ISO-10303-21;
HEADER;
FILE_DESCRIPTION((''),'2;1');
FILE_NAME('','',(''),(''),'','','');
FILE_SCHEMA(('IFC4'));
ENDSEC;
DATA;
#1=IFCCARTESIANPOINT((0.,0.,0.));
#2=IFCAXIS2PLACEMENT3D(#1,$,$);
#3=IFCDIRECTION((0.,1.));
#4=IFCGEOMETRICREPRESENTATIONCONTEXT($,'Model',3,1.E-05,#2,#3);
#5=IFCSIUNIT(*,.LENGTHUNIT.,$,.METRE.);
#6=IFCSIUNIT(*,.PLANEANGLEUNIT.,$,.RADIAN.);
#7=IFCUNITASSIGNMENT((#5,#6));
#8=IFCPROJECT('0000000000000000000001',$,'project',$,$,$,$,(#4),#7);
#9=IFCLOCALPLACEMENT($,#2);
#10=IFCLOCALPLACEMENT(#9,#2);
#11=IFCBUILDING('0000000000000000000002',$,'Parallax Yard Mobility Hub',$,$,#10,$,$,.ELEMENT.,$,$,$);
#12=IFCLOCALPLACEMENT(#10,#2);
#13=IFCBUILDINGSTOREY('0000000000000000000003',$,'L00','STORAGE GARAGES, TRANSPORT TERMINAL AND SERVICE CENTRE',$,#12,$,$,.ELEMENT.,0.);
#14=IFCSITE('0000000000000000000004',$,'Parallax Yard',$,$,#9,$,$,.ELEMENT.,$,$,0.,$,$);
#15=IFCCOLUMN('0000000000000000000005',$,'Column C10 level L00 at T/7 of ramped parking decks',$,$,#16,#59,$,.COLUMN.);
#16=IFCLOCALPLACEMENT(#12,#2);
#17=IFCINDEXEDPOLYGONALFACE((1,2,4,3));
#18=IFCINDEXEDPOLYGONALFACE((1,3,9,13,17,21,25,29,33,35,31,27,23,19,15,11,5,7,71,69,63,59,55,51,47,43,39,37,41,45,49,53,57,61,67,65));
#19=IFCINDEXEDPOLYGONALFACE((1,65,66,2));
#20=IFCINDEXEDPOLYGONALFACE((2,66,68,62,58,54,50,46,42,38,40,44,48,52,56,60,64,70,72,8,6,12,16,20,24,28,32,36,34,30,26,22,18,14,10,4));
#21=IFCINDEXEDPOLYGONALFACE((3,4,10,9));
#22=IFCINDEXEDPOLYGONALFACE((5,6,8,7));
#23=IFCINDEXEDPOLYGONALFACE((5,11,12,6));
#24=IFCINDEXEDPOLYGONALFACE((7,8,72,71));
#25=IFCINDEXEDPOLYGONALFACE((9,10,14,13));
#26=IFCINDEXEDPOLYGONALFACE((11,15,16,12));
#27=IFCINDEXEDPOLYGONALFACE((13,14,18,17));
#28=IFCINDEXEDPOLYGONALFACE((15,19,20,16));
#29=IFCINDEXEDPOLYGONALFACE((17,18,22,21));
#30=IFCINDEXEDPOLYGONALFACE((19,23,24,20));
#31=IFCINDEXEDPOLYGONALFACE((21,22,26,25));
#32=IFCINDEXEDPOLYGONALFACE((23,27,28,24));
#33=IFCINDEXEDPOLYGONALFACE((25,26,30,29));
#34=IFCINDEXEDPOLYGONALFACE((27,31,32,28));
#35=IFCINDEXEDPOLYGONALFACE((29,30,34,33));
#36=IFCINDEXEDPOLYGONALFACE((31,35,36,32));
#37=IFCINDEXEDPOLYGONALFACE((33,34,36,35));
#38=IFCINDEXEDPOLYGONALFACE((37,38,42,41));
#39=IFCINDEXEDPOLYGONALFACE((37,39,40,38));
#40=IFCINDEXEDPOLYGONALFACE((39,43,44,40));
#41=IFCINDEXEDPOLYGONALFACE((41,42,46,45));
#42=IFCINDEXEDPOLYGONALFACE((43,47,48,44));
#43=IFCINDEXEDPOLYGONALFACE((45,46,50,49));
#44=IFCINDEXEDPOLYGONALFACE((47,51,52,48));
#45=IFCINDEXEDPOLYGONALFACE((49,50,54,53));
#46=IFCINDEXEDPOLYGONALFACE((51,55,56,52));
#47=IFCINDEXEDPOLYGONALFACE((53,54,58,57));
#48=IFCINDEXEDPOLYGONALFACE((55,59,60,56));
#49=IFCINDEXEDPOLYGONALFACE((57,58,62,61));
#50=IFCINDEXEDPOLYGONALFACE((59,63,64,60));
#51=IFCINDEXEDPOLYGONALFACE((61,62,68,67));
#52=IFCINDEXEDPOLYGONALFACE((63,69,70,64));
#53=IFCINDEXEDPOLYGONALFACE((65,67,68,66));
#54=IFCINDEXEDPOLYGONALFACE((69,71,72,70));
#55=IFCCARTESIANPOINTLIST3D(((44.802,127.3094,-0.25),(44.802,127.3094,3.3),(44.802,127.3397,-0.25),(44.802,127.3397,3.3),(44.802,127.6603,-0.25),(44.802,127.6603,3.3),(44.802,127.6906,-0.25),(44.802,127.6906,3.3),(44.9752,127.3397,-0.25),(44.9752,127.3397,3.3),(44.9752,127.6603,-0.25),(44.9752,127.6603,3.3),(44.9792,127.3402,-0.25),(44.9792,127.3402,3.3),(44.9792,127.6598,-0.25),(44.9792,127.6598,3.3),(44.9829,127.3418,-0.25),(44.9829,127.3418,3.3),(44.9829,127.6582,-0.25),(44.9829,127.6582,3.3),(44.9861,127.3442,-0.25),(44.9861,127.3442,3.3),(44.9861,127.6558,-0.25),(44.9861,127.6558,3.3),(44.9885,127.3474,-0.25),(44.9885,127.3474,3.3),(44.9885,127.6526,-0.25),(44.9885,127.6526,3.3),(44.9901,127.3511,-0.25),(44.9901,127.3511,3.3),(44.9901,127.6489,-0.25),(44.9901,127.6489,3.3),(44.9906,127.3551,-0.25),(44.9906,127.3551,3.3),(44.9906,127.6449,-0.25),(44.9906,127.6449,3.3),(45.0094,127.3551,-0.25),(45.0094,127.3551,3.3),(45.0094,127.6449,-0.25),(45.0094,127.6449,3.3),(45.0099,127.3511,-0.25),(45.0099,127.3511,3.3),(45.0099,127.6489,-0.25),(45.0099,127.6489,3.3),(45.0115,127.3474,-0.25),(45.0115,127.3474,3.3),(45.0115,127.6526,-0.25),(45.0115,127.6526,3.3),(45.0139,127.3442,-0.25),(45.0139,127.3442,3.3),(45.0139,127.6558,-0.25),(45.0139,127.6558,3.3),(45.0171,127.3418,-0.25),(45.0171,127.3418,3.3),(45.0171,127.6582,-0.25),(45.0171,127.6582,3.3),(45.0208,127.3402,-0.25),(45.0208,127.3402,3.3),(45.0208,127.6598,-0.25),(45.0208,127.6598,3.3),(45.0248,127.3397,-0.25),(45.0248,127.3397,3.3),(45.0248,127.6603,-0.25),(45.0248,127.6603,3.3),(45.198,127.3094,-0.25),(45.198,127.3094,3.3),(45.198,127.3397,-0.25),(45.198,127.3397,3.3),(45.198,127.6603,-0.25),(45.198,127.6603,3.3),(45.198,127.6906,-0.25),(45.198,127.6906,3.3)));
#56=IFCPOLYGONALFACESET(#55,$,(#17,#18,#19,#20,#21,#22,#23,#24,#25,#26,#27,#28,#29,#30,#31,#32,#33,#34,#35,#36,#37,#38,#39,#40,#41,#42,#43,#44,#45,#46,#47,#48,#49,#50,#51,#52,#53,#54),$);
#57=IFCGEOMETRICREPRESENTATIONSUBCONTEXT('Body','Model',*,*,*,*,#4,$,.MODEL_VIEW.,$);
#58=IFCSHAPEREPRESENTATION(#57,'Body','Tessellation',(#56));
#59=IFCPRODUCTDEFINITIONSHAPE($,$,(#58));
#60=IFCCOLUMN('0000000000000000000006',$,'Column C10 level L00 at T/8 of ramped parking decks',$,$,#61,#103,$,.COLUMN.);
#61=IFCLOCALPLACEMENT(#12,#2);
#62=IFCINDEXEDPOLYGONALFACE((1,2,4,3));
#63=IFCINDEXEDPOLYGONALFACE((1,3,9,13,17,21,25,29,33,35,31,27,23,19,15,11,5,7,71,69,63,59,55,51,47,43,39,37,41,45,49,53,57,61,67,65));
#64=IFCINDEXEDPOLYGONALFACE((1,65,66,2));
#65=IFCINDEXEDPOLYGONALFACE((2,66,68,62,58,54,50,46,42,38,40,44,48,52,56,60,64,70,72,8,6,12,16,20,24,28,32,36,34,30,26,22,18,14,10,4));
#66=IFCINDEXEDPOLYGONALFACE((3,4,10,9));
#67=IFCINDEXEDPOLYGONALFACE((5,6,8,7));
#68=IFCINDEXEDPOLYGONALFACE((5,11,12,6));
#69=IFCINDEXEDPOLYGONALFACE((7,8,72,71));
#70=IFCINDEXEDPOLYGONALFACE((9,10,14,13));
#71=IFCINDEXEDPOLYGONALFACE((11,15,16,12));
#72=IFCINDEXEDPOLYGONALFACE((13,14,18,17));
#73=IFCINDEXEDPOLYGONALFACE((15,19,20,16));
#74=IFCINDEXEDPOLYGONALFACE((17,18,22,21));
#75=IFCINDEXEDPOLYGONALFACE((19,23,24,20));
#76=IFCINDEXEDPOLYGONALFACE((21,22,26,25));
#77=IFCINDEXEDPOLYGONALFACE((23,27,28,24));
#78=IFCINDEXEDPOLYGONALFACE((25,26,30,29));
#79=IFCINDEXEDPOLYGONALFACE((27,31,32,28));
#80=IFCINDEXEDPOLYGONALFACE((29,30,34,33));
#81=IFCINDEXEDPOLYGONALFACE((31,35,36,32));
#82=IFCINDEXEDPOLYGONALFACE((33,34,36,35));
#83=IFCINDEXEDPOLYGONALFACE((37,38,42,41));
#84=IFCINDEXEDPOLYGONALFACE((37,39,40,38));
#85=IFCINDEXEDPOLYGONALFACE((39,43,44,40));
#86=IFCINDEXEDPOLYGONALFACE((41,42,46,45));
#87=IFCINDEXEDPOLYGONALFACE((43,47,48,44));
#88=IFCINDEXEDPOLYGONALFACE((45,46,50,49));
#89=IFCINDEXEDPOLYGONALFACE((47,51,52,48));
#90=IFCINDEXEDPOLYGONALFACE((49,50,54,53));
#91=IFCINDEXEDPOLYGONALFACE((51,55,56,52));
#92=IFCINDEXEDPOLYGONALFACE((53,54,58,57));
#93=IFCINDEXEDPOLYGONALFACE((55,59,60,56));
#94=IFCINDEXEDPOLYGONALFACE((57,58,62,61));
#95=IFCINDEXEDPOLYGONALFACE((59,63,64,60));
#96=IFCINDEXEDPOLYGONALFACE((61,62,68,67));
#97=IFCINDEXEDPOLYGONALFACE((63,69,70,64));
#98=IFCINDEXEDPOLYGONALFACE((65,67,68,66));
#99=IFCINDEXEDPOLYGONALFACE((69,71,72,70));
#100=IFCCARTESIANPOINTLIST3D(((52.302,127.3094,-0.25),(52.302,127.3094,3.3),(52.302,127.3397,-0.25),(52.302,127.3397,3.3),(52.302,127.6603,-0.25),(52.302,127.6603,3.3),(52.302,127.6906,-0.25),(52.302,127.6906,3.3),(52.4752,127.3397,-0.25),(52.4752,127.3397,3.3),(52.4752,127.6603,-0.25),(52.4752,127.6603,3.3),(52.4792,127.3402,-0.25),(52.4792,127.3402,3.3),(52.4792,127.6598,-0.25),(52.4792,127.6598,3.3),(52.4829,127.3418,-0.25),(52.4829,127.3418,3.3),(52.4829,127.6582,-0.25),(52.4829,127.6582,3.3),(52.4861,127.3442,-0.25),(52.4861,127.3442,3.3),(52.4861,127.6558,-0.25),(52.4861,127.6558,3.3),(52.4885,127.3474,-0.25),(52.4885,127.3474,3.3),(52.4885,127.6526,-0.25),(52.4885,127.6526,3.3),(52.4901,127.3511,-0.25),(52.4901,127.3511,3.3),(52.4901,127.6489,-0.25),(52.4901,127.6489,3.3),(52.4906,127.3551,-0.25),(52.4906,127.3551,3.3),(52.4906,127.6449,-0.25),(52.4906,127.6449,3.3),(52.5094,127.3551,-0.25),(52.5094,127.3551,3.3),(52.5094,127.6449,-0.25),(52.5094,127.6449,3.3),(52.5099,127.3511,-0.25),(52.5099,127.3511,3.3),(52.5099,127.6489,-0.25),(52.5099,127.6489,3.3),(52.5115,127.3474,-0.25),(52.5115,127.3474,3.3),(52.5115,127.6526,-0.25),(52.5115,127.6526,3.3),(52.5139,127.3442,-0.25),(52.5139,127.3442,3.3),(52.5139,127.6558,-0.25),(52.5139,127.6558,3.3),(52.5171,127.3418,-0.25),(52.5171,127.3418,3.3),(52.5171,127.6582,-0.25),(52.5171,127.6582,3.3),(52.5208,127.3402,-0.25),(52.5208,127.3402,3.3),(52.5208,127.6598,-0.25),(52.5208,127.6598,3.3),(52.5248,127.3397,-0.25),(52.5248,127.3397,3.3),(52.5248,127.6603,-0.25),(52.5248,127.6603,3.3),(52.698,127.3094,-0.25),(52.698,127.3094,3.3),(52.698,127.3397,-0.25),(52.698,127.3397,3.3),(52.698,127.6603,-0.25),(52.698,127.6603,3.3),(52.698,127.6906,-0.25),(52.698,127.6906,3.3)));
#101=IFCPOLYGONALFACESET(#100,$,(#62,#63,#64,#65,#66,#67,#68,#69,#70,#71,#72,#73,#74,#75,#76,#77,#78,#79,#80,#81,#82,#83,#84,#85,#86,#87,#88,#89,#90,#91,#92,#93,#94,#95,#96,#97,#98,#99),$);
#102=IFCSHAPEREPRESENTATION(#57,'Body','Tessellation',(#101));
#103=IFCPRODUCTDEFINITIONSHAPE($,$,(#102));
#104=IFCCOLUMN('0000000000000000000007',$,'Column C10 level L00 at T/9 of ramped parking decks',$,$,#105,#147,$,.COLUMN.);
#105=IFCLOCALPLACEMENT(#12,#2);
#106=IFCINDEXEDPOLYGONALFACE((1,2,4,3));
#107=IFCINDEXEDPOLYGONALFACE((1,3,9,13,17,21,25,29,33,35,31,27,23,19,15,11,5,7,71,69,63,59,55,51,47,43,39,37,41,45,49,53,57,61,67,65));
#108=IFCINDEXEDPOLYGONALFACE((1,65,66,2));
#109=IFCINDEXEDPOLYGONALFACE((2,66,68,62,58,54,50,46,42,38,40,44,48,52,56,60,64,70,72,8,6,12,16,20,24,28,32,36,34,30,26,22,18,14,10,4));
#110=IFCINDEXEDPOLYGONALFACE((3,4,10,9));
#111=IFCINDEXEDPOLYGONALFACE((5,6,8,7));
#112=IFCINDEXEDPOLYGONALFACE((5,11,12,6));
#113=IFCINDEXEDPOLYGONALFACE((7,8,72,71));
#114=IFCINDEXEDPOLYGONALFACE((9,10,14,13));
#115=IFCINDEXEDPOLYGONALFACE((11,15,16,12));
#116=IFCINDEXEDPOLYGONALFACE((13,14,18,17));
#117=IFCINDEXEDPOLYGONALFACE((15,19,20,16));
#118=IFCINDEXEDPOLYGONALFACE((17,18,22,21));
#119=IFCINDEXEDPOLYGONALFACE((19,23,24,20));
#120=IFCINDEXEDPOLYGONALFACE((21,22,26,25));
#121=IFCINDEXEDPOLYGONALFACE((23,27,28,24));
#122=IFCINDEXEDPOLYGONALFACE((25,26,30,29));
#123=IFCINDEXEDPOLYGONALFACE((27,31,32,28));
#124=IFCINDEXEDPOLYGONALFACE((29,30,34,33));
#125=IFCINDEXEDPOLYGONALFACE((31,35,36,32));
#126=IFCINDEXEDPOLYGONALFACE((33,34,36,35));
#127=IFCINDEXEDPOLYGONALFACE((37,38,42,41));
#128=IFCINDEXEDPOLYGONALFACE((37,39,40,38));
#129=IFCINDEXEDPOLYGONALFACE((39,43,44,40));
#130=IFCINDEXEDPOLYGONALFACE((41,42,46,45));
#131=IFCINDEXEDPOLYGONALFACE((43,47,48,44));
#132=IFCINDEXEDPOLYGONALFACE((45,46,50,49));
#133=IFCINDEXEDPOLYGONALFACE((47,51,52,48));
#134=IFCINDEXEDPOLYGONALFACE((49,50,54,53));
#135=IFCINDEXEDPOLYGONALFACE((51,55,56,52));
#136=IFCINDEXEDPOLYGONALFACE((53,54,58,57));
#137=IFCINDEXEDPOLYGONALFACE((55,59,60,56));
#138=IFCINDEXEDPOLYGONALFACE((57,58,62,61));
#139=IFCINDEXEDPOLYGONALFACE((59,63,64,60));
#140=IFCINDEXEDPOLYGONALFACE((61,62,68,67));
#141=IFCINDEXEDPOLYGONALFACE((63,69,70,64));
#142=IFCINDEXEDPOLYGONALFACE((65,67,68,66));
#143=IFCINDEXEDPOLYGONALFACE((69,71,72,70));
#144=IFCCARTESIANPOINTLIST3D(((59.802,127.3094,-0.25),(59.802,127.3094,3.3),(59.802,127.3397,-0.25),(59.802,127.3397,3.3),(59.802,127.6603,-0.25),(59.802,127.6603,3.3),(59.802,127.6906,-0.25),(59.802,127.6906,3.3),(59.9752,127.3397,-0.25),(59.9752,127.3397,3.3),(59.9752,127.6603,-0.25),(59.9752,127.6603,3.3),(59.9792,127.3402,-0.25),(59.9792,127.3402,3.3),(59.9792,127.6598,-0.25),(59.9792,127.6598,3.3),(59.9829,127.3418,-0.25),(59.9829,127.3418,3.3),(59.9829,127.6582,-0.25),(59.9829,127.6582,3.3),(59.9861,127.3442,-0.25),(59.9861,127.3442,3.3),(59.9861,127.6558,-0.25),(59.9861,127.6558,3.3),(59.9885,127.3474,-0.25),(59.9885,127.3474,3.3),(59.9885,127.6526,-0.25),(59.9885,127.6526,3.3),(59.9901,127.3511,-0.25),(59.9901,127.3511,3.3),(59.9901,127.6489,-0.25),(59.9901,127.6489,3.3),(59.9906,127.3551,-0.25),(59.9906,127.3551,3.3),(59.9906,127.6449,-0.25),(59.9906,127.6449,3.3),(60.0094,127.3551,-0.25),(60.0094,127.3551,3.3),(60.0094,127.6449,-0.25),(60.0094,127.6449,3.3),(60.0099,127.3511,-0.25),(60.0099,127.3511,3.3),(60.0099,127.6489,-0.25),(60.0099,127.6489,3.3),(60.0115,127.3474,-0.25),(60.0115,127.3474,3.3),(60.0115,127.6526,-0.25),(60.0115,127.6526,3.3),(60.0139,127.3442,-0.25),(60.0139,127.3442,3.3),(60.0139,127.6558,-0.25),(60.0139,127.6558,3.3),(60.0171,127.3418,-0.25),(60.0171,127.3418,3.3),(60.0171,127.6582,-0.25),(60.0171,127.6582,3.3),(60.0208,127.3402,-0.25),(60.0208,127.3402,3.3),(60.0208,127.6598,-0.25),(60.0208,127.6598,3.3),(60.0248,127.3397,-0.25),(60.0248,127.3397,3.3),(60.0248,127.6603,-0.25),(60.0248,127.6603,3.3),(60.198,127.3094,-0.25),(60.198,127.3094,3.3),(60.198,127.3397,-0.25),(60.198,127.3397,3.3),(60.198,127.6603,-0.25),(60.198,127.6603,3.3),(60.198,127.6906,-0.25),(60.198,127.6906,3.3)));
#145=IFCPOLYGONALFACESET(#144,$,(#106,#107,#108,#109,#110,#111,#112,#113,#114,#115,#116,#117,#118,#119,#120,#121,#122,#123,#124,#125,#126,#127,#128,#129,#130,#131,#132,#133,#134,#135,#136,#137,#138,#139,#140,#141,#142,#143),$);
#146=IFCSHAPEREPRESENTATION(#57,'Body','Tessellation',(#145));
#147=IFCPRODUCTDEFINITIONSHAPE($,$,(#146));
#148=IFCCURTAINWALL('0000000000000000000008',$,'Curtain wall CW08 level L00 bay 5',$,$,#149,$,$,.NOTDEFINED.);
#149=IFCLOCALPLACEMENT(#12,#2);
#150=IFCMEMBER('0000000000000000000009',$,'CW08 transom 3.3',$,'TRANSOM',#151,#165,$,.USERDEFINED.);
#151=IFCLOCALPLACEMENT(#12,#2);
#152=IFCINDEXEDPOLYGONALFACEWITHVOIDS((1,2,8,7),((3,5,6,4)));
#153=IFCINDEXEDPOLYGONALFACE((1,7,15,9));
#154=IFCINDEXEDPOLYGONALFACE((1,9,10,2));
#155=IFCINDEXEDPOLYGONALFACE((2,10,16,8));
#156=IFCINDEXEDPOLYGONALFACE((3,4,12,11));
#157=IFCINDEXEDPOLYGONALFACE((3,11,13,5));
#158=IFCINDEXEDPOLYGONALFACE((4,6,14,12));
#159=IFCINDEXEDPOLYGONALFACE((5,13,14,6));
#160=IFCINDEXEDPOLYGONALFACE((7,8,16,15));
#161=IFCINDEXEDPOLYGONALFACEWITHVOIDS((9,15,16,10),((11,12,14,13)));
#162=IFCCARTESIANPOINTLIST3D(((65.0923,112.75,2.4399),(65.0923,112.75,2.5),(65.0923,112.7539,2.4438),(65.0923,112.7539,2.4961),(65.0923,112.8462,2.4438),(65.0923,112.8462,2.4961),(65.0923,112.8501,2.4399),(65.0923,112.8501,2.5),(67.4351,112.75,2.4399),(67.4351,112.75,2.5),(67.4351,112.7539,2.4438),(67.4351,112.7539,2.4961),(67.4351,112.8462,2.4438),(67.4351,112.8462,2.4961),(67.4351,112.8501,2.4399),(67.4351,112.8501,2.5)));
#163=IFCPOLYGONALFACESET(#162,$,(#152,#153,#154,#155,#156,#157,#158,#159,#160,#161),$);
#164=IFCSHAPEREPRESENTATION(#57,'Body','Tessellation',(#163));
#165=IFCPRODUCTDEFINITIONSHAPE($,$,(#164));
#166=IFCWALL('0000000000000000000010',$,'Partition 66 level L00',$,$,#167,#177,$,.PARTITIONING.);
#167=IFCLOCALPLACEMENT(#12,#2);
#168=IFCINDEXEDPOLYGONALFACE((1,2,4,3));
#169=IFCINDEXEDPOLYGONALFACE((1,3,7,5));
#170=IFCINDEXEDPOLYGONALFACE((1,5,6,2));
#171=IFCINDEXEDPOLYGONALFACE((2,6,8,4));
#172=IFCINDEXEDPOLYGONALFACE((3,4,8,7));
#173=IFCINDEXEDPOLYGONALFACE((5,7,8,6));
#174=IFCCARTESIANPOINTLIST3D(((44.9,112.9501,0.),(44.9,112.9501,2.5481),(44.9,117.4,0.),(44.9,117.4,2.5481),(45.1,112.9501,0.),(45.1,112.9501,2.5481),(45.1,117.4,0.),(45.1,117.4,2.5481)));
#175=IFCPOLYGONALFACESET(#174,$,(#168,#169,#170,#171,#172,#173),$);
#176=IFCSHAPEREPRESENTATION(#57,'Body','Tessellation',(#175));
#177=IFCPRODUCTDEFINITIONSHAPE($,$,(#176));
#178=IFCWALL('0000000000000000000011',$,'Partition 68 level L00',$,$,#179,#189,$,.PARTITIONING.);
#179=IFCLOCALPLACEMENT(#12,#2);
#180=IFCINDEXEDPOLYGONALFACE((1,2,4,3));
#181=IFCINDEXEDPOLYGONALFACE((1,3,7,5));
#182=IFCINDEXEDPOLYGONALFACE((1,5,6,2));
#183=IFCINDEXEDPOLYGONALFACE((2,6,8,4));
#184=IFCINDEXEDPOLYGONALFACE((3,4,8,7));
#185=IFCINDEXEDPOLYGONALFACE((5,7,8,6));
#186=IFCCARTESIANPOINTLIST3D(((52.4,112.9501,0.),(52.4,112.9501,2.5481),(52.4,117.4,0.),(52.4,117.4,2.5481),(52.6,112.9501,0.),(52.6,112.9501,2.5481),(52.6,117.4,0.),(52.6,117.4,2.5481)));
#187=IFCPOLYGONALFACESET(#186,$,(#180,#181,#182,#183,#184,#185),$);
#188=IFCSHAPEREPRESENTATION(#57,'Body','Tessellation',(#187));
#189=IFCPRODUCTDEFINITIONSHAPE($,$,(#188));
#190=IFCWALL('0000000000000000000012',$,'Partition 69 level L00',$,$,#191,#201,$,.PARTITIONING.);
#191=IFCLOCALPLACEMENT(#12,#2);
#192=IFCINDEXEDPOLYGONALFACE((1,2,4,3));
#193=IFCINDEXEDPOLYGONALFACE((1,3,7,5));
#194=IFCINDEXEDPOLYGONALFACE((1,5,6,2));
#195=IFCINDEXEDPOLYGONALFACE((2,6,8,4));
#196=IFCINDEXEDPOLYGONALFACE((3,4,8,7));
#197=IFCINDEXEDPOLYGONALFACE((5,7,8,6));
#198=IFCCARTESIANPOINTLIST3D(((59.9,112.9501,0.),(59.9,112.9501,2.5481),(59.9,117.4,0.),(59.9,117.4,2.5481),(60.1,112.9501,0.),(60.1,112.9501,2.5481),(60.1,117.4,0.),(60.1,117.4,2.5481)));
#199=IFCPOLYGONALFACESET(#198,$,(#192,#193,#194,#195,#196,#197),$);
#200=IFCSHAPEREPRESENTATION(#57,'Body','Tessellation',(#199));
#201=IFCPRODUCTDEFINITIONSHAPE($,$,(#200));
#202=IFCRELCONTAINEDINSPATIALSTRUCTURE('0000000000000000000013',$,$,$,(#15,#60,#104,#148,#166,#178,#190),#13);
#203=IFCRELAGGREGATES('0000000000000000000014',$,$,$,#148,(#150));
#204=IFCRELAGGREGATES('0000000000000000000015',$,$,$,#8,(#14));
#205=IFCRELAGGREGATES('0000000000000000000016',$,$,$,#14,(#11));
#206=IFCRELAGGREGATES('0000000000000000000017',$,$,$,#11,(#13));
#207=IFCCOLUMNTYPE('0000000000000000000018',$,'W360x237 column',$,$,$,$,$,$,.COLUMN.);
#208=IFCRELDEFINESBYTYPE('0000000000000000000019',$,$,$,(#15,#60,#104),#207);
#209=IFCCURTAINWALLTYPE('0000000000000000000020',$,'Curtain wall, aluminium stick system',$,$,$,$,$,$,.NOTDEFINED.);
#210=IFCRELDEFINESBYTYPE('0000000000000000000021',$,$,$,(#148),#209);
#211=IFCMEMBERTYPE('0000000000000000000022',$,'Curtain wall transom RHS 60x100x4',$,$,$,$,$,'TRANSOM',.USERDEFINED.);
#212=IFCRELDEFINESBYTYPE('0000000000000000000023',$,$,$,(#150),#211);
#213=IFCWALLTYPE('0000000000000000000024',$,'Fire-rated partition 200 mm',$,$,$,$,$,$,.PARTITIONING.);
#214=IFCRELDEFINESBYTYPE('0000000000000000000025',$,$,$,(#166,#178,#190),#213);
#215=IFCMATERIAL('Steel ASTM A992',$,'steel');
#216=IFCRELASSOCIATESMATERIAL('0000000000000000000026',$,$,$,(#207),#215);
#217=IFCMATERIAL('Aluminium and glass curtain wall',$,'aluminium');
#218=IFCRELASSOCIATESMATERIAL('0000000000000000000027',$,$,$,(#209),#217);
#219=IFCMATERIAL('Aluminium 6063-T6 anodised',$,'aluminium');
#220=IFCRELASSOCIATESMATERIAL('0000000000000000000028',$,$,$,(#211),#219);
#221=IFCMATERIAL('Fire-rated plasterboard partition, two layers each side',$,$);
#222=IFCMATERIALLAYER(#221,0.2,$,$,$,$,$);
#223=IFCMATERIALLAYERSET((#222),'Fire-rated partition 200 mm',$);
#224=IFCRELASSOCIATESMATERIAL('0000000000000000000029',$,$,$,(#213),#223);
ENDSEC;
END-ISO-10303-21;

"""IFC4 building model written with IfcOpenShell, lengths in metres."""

from ifc_helpers import new_model, si_unit, direction, frame, frame_2d, origin, origin_2d, place, context, subcontext, project, spatial, rectangle, hollow_rectangle, i_section, extrude, material, layer, layer_set, material_profile, profile_set, type_object, element, aggregate, save


model = new_model("IFC4")

# Units and contexts
model_context = context("Model", 3, precision=1e-05, world=origin(), true_north=direction((0.0, 1.0)))
body_context = subcontext(model_context, "Body", "Model", "MODEL_VIEW")
ifc_project = project(units=[si_unit("LENGTHUNIT", "METRE"), si_unit("PLANEANGLEUNIT", "RADIAN")], contexts=[model_context])

# Site, building, storey
site_placement = place(None, origin())
site = spatial("IfcSite", under=ifc_project, at=site_placement, Name="Parallax Yard", CompositionType="ELEMENT", RefElevation=0.0)
building_placement = place(site_placement, origin())
building = spatial("IfcBuilding", under=site, at=building_placement, Name="Parallax Yard Mobility Hub", CompositionType="ELEMENT")
storey_placement = place(building_placement, origin())
storey = spatial("IfcBuildingStorey", under=building, at=storey_placement, Name="L00", Description="STORAGE GARAGES, TRANSPORT TERMINAL AND SERVICE CENTRE", CompositionType="ELEMENT", Elevation=0.0)

# Columns
ifc_material_1 = material(Name="Steel ASTM A992", Category="steel")
ifc_material_profile_1 = material_profile(ifc_material_1, i_section(OverallWidth=0.396, OverallDepth=0.3811, WebThickness=0.0188, FlangeThickness=0.0303, FilletRadius=0.0154, at=origin_2d()), Name="W360x237")
ifc_profile_set_1 = profile_set([ifc_material_profile_1], Name="Steel ASTM A992")
column_type = type_object("IfcColumnType", Name="W360x237 column", PredefinedType="COLUMN", material=ifc_profile_set_1)
for number, where, z_axis, x_axis, name in (
    (1, (45.0, 127.5, -0.25), (0.0, 0.0, 1.0), (1.0, 0.0, 0.0), "Column C10 level L00 at T/7 of ramped parking decks"),
    (2, (52.5, 127.5, -0.25), (0.0, 0.0, 1.0), (1.0, 0.0, 0.0), "Column C10 level L00 at T/8 of ramped parking decks"),
    (3, (60.0, 127.5, -0.25), (0.0, 0.0, 1.0), (1.0, 0.0, 0.0), "Column C10 level L00 at T/9 of ramped parking decks"),
):
    element("IfcColumn", number, at=place(storey_placement, frame(where, z_axis=z_axis, x_axis=x_axis)), inside=storey, type_object=column_type, Name=name, PredefinedType="COLUMN", context=body_context, shape_type="SweptSolid", body=[
        extrude(i_section(OverallWidth=0.396, OverallDepth=0.3811, WebThickness=0.0188, FlangeThickness=0.0303, FilletRadius=0.0154, at=origin_2d()), origin(), (0.0, 0.0, 1.0), 3.55),
    ])

# Curtain wall, member
ifc_material_2 = material(Name="Aluminium and glass curtain wall", Category="aluminium")
curtain_wall_type = type_object("IfcCurtainWallType", Name="Curtain wall, aluminium stick system", PredefinedType="NOTDEFINED", material=ifc_material_2)
curtain_wall_placement = place(storey_placement, origin())
curtain_wall = element("IfcCurtainWall", 4, at=curtain_wall_placement, inside=storey, type_object=curtain_wall_type, Name="Curtain wall CW08 level L00 bay 5", PredefinedType="NOTDEFINED")
ifc_material_3 = material(Name="Aluminium 6063-T6 anodised", Category="aluminium")
ifc_material_profile_2 = material_profile(ifc_material_3, hollow_rectangle(XDim=0.1001, YDim=0.0601, WallThickness=0.0039, at=origin_2d()), Name="RHS 60x100x4")
ifc_profile_set_2 = profile_set([ifc_material_profile_2], Name="Aluminium 6063-T6 anodised")
member_type = type_object("IfcMemberType", Name="Curtain wall transom RHS 60x100x4", ElementType="TRANSOM", PredefinedType="USERDEFINED", material=ifc_profile_set_2)
member_placement = place(storey_placement, frame((65.0923, 112.8, 2.47), z_axis=(1.0, 0.0, 0.0), x_axis=(0.0, 1.0, 0.0)))
member = element("IfcMember", 5, at=member_placement, type_object=member_type, Name="CW08 transom 3.3", ObjectType="TRANSOM", PredefinedType="USERDEFINED", context=body_context, shape_type="SweptSolid", body=[
    extrude(hollow_rectangle(XDim=0.1001, YDim=0.0601, WallThickness=0.0039, at=origin_2d()), origin(), (0.0, 0.0, 1.0), 2.3428),
])
aggregate(curtain_wall, [member])

# Walls
ifc_material_4 = material(Name="Fire-rated plasterboard partition, two layers each side")
ifc_layer = layer(ifc_material_4, 0.2)
ifc_layer_set = layer_set([ifc_layer], Name="Fire-rated partition 200 mm")
wall_type = type_object("IfcWallType", Name="Fire-rated partition 200 mm", PredefinedType="PARTITIONING", material=ifc_layer_set)
for number, where, z_axis, x_axis, name in (
    (6, (45.0, 112.95, 0.0), (0.0, 0.0, 1.0), (0.0, 1.0, 0.0), "Partition 66 level L00"),
    (7, (52.5, 112.95, 0.0), (0.0, 0.0, 1.0), (0.0, 1.0, 0.0), "Partition 68 level L00"),
    (8, (60.0, 112.95, 0.0), (0.0, 0.0, 1.0), (0.0, 1.0, 0.0), "Partition 69 level L00"),
):
    element("IfcWall", number, at=place(storey_placement, frame(where, z_axis=z_axis, x_axis=x_axis)), inside=storey, type_object=wall_type, Name=name, PredefinedType="PARTITIONING", context=body_context, shape_type="SweptSolid", body=[
        extrude(rectangle(XDim=4.45, YDim=0.2, at=frame_2d((2.2251, 0.0))), origin(), (0.0, 0.0, 1.0), 2.5481),
    ])

save(model, "model.ifc")
